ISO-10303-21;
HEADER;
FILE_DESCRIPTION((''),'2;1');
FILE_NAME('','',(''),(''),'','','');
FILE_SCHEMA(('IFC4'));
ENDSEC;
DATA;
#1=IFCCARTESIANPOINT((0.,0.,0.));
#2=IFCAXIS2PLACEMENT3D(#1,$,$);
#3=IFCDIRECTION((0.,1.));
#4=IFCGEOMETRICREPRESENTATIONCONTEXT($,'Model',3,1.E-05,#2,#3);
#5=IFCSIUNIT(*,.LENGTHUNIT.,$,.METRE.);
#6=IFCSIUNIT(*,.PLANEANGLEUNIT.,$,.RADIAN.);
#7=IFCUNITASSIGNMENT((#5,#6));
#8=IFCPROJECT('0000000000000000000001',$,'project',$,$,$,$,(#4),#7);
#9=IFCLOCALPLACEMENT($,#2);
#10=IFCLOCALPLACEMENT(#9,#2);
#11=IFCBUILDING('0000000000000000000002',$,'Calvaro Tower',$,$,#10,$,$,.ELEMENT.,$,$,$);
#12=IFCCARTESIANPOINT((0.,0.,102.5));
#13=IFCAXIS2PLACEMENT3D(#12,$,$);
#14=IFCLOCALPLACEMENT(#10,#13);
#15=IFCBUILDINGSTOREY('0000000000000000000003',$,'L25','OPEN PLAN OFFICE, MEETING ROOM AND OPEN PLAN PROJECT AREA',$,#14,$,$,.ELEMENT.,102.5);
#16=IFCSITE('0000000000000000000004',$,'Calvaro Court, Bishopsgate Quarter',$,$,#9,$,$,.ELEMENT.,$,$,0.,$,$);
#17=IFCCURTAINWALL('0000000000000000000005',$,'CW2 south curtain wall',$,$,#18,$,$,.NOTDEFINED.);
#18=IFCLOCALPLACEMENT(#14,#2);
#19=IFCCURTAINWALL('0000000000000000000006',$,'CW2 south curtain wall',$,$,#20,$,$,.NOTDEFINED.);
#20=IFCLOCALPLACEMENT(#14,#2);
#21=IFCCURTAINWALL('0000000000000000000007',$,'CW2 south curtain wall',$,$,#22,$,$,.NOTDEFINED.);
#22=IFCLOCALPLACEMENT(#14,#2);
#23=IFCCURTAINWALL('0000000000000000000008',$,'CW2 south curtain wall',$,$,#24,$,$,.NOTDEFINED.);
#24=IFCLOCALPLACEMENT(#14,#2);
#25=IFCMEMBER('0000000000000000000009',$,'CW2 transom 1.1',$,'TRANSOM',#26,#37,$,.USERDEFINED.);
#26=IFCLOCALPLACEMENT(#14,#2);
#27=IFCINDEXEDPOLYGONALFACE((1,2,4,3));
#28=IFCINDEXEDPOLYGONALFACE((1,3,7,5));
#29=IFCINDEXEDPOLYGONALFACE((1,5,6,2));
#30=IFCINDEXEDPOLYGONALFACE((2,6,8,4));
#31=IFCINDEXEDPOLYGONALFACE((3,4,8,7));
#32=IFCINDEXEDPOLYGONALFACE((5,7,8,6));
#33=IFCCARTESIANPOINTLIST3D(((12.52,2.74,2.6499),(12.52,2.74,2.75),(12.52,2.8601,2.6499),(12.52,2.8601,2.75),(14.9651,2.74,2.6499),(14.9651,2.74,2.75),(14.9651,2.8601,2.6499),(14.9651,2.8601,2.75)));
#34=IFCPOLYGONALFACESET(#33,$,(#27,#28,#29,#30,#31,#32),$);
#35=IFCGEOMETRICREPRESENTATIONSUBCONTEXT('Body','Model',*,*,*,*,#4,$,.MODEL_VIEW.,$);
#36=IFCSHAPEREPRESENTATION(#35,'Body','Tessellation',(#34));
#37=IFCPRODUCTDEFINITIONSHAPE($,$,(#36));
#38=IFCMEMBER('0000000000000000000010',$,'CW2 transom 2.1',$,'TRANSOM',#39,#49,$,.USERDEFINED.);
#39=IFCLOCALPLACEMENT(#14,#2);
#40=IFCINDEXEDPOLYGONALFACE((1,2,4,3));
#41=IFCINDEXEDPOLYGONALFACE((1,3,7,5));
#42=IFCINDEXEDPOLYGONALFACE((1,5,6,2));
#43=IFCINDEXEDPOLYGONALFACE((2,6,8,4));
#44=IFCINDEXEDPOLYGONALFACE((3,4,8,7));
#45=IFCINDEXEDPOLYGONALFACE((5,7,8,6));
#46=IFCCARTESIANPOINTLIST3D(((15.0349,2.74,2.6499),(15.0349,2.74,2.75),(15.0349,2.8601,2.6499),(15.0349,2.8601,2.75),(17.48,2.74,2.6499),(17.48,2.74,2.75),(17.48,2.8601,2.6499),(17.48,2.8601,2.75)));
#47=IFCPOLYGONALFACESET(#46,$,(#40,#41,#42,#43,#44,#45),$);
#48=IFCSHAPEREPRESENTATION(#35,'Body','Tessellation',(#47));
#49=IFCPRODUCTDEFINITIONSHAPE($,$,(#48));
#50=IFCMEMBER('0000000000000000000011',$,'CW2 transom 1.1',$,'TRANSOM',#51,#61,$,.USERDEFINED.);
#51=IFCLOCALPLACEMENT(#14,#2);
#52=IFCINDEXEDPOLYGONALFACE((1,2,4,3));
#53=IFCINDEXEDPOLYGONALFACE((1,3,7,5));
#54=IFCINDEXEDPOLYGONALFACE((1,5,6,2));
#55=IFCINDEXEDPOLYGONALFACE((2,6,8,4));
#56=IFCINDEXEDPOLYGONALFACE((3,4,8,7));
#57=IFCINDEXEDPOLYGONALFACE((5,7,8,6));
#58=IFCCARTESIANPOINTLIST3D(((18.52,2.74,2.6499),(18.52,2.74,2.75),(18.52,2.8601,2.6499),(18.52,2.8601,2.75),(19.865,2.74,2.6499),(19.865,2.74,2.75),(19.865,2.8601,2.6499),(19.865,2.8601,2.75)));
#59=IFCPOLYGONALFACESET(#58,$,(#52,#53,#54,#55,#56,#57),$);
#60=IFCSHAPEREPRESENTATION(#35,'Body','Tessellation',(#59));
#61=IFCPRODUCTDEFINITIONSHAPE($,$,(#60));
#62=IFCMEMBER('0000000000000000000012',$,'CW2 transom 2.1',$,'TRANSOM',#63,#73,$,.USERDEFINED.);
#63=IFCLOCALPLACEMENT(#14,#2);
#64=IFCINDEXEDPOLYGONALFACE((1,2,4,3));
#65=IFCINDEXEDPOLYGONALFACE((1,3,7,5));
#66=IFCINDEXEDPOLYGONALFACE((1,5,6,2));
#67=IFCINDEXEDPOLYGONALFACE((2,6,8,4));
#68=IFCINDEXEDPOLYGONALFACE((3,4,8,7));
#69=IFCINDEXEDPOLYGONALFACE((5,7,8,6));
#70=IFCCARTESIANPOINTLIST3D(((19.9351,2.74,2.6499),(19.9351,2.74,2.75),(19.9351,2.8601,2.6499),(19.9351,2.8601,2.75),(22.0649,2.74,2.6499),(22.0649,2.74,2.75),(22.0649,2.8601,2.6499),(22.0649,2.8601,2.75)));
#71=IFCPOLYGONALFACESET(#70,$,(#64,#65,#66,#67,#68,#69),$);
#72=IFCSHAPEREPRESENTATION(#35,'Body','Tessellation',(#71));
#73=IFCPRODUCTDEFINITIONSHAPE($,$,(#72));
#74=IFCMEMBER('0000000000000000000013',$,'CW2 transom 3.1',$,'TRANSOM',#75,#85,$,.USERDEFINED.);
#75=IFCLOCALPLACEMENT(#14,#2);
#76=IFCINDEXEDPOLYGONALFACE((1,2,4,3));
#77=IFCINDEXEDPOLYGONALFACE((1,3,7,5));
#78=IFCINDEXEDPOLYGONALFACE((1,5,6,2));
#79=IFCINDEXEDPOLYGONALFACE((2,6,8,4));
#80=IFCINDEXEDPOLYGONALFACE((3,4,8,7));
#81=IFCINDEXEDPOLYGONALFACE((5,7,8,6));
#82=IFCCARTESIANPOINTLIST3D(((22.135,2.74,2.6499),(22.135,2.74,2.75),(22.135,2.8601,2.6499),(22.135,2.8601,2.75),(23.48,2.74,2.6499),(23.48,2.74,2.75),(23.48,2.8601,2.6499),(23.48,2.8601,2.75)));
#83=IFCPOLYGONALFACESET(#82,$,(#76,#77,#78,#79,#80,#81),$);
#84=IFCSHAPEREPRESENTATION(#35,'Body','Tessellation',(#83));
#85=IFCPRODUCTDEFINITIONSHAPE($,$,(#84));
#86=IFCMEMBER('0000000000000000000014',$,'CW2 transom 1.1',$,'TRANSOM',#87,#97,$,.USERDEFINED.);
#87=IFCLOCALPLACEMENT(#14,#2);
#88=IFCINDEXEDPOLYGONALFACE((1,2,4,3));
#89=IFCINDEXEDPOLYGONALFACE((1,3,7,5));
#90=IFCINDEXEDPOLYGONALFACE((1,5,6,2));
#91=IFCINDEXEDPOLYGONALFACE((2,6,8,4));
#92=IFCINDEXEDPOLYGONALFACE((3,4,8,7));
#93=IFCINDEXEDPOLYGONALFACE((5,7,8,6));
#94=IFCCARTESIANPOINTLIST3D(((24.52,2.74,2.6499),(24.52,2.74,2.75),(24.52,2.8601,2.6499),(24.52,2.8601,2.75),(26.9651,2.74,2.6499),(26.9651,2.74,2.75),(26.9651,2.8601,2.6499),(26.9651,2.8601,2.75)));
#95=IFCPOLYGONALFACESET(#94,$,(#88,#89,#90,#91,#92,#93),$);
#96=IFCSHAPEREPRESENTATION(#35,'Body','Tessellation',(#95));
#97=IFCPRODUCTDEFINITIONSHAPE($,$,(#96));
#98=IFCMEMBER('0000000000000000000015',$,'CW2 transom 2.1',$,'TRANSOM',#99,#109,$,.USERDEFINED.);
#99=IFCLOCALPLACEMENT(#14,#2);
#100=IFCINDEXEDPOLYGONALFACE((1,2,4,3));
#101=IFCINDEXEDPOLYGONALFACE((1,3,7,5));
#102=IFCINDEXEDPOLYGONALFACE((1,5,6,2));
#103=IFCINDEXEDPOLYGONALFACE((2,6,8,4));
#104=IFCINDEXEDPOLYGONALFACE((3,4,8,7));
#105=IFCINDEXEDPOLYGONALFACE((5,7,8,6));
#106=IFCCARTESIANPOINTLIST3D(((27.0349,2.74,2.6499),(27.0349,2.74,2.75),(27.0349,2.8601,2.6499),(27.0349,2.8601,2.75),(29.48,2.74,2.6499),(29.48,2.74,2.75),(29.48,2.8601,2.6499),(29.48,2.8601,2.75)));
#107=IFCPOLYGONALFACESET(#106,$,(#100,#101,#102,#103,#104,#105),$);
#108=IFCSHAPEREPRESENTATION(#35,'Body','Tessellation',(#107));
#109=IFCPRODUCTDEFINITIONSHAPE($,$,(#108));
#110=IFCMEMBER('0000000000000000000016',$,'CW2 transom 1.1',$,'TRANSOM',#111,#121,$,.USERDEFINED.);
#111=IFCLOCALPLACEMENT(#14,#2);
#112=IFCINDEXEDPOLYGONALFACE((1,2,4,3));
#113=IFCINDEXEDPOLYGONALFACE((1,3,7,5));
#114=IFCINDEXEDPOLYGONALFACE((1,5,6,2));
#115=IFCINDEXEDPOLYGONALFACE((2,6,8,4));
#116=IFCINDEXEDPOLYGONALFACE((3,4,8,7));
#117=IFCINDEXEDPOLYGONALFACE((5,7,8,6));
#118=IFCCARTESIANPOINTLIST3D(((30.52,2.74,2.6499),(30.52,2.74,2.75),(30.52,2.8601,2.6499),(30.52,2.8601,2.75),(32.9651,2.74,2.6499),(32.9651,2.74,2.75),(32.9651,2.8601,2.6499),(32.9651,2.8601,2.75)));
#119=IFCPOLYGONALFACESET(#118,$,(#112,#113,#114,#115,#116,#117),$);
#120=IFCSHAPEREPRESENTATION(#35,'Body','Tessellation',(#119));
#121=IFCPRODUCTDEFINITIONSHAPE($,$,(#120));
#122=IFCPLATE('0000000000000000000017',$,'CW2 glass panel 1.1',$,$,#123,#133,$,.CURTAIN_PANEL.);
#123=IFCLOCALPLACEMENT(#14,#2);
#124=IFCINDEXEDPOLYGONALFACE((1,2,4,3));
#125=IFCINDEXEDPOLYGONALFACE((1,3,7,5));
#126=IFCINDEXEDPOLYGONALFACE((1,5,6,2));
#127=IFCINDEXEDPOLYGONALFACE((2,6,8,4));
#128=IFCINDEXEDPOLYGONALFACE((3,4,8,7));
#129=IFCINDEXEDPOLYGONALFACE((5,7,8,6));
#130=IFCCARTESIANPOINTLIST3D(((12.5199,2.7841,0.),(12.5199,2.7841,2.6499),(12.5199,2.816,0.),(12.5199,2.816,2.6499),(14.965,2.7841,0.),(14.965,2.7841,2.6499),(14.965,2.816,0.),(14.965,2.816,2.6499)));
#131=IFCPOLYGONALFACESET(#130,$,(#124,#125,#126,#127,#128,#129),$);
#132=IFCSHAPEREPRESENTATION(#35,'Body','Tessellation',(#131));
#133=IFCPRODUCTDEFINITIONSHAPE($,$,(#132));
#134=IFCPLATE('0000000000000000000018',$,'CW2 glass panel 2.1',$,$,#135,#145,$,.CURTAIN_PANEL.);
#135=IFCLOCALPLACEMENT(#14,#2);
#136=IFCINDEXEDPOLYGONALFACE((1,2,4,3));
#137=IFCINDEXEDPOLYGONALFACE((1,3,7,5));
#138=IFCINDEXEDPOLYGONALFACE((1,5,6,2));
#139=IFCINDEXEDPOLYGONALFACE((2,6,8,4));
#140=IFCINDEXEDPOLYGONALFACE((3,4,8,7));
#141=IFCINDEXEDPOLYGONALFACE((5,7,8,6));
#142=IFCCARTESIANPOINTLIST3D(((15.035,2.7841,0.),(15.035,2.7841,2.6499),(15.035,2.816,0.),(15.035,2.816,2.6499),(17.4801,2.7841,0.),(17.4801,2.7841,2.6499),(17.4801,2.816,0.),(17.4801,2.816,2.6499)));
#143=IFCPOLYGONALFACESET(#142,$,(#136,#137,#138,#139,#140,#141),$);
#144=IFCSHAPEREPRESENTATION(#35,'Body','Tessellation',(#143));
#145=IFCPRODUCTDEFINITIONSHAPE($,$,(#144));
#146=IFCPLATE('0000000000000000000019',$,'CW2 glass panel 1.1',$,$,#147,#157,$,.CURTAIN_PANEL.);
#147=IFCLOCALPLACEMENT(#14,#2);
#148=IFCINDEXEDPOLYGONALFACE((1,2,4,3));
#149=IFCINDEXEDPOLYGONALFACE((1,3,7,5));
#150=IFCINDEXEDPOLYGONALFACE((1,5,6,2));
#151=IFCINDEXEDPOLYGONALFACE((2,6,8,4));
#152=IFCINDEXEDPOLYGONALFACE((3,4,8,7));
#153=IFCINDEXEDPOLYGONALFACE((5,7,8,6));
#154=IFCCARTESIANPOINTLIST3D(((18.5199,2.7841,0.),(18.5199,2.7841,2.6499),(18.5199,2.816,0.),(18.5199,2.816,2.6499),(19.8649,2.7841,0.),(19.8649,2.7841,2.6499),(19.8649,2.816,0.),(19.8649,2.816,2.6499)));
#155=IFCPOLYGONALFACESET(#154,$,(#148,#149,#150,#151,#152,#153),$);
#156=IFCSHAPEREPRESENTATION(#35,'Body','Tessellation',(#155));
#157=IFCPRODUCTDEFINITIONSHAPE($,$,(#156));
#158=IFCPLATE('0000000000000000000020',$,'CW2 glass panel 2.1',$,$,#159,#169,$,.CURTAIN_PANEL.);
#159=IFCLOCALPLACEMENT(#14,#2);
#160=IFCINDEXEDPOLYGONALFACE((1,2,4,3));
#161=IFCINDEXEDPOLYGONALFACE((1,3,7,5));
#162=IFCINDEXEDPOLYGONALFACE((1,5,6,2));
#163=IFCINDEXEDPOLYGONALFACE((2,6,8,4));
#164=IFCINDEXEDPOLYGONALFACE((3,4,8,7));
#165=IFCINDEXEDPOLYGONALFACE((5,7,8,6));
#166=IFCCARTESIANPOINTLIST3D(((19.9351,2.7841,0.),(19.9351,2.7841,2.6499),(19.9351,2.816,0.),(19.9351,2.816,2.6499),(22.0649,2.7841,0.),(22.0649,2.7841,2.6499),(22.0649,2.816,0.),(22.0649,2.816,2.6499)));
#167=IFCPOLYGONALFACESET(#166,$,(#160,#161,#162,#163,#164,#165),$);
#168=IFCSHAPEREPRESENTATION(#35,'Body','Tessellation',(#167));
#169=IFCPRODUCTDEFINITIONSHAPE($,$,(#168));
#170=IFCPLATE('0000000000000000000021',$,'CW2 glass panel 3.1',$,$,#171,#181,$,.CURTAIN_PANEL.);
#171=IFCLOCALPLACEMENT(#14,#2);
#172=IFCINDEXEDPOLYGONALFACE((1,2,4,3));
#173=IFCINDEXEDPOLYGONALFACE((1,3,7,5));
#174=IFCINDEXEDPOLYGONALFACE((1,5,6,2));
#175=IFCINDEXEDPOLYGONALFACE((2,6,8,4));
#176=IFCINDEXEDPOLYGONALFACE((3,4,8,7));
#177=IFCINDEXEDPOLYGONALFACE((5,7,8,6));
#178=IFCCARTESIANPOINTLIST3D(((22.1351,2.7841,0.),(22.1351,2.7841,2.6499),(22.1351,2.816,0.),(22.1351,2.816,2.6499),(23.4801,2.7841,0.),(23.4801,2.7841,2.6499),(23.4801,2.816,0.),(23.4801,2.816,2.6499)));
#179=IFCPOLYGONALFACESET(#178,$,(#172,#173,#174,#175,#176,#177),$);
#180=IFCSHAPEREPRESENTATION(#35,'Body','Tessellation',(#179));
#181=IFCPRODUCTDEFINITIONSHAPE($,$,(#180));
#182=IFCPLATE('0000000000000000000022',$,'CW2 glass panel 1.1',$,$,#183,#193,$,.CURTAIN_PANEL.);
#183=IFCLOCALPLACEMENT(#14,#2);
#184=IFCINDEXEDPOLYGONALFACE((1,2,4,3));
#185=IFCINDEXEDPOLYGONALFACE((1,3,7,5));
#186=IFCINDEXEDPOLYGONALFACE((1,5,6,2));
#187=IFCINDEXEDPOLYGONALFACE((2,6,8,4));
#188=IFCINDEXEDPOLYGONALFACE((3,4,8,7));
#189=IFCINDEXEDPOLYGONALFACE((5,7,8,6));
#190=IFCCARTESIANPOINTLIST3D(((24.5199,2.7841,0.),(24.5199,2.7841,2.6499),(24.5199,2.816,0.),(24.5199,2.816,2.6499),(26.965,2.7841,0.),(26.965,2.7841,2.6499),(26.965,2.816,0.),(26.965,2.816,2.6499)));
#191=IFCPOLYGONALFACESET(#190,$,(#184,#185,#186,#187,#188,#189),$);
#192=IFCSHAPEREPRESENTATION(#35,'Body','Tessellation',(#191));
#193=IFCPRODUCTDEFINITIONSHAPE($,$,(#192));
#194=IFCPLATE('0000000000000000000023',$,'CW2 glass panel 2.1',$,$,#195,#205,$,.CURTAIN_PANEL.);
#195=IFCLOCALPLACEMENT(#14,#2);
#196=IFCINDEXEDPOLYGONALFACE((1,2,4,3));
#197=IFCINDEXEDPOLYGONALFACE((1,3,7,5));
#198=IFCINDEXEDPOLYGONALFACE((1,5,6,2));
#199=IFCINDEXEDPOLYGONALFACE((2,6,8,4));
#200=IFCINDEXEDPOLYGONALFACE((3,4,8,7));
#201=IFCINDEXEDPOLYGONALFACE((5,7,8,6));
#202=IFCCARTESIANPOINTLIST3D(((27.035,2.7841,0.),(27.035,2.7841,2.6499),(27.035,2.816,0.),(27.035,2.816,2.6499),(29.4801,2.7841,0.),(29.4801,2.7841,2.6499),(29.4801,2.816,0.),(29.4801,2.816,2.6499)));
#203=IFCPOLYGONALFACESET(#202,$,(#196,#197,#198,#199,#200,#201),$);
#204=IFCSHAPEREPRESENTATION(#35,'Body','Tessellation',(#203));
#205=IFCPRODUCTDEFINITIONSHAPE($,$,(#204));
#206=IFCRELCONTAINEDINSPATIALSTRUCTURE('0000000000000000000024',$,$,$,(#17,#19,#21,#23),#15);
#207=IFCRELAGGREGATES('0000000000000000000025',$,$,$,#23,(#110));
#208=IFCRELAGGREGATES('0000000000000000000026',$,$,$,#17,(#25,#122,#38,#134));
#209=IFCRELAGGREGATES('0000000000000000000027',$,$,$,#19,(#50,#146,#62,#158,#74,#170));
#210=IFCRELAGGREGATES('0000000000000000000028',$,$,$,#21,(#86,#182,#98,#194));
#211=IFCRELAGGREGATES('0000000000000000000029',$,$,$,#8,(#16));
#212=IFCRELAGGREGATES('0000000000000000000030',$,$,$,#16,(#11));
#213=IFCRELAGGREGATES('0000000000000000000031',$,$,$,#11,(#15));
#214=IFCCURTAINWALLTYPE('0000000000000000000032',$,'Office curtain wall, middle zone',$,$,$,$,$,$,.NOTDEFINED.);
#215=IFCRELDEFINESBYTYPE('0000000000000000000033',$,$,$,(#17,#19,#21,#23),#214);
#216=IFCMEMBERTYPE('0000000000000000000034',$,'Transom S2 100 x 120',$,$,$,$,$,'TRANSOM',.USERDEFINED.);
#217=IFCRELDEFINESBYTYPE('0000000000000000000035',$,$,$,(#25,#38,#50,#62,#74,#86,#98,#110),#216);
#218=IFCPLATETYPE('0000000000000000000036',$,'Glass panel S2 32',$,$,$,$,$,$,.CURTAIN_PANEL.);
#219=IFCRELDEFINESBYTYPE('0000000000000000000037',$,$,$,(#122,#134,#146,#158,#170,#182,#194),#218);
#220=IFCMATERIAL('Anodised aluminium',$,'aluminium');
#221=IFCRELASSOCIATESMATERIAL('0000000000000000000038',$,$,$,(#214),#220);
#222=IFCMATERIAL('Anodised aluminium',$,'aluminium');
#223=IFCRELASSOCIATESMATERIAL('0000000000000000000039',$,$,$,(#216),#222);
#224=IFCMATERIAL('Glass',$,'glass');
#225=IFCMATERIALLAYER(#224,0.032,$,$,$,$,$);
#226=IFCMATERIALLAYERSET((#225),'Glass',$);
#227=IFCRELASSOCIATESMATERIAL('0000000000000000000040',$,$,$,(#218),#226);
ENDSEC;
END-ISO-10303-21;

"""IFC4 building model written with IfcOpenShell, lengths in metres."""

from ifc_helpers import new_model, si_unit, direction, frame, origin, origin_2d, place, context, subcontext, project, spatial, rectangle, extrude, material, layer, layer_set, material_profile, profile_set, type_object, element, aggregate, save


model = new_model("IFC4")

# Units and contexts
model_context = context("Model", 3, precision=1e-05, world=origin(), true_north=direction((0.0, 1.0)))
body_context = subcontext(model_context, "Body", "Model", "MODEL_VIEW")
ifc_project = project(units=[si_unit("LENGTHUNIT", "METRE"), si_unit("PLANEANGLEUNIT", "RADIAN")], contexts=[model_context])

# Site, building, storey
site_placement = place(None, origin())
site = spatial("IfcSite", under=ifc_project, at=site_placement, Name="Calvaro Court, Bishopsgate Quarter", CompositionType="ELEMENT", RefElevation=0.0)
building_placement = place(site_placement, origin())
building = spatial("IfcBuilding", under=site, at=building_placement, Name="Calvaro Tower", CompositionType="ELEMENT")
storey_placement = place(building_placement, frame((0.0, 0.0, 102.5)))
storey = spatial("IfcBuildingStorey", under=building, at=storey_placement, Name="L25", Description="OPEN PLAN OFFICE, MEETING ROOM AND OPEN PLAN PROJECT AREA", CompositionType="ELEMENT", Elevation=102.5)

# Curtain walls
ifc_material_1 = material(Name="Anodised aluminium", Category="aluminium")
curtain_wall_type = type_object("IfcCurtainWallType", Name="Office curtain wall, middle zone", PredefinedType="NOTDEFINED", material=ifc_material_1)
curtain_wall_1_placement = place(storey_placement, origin())
curtain_wall_1 = element("IfcCurtainWall", 1, at=curtain_wall_1_placement, inside=storey, type_object=curtain_wall_type, Name="CW2 south curtain wall", PredefinedType="NOTDEFINED")
curtain_wall_2_placement = place(storey_placement, origin())
curtain_wall_2 = element("IfcCurtainWall", 2, at=curtain_wall_2_placement, inside=storey, type_object=curtain_wall_type, Name="CW2 south curtain wall", PredefinedType="NOTDEFINED")
curtain_wall_3_placement = place(storey_placement, origin())
curtain_wall_3 = element("IfcCurtainWall", 3, at=curtain_wall_3_placement, inside=storey, type_object=curtain_wall_type, Name="CW2 south curtain wall", PredefinedType="NOTDEFINED")

# Curtain wall
curtain_wall_4_placement = place(storey_placement, origin())
curtain_wall_4 = element("IfcCurtainWall", 4, at=curtain_wall_4_placement, inside=storey, type_object=curtain_wall_type, Name="CW2 south curtain wall", PredefinedType="NOTDEFINED")

# Members
ifc_material_2 = material(Name="Anodised aluminium", Category="aluminium")
ifc_material_profile_1 = material_profile(ifc_material_2, rectangle(XDim=0.1201, YDim=0.1001, at=origin_2d()), Name="Transom S2 100 x 120")
ifc_profile_set_1 = profile_set([ifc_material_profile_1], Name="Anodised aluminium")
member_type_1 = type_object("IfcMemberType", Name="Transom S2 100 x 120", ElementType="TRANSOM", PredefinedType="USERDEFINED", material=ifc_profile_set_1)
member_1_placement = place(storey_placement, frame((12.52, 2.8, 2.7), z_axis=(1.0, 0.0, 0.0), x_axis=(0.0, 1.0, 0.0)))
member_1 = element("IfcMember", 5, at=member_1_placement, type_object=member_type_1, Name="CW2 transom 1.1", ObjectType="TRANSOM", PredefinedType="USERDEFINED", context=body_context, shape_type="SweptSolid", body=[
    extrude(rectangle(XDim=0.1201, YDim=0.1001, at=origin_2d()), origin(), (0.0, 0.0, 1.0), 2.4451),
])
member_2_placement = place(storey_placement, frame((15.0349, 2.8, 2.7), z_axis=(1.0, 0.0, 0.0), x_axis=(0.0, 1.0, 0.0)))
member_2 = element("IfcMember", 6, at=member_2_placement, type_object=member_type_1, Name="CW2 transom 2.1", ObjectType="TRANSOM", PredefinedType="USERDEFINED", context=body_context, shape_type="SweptSolid", body=[
    extrude(rectangle(XDim=0.1201, YDim=0.1001, at=origin_2d()), origin(), (0.0, 0.0, 1.0), 2.4451),
])
member_3_placement = place(storey_placement, frame((18.52, 2.8, 2.7), z_axis=(1.0, 0.0, 0.0), x_axis=(0.0, 1.0, 0.0)))
member_3 = element("IfcMember", 7, at=member_3_placement, type_object=member_type_1, Name="CW2 transom 1.1", ObjectType="TRANSOM", PredefinedType="USERDEFINED", context=body_context, shape_type="SweptSolid", body=[
    extrude(rectangle(XDim=0.1201, YDim=0.1001, at=origin_2d()), origin(), (0.0, 0.0, 1.0), 1.345),
])
member_4_placement = place(storey_placement, frame((19.9351, 2.8, 2.7), z_axis=(1.0, 0.0, 0.0), x_axis=(0.0, 1.0, 0.0)))
member_4 = element("IfcMember", 8, at=member_4_placement, type_object=member_type_1, Name="CW2 transom 2.1", ObjectType="TRANSOM", PredefinedType="USERDEFINED", context=body_context, shape_type="SweptSolid", body=[
    extrude(rectangle(XDim=0.1201, YDim=0.1001, at=origin_2d()), origin(), (0.0, 0.0, 1.0), 2.1299),
])
member_5_placement = place(storey_placement, frame((22.135, 2.8, 2.7), z_axis=(1.0, 0.0, 0.0), x_axis=(0.0, 1.0, 0.0)))
member_5 = element("IfcMember", 9, at=member_5_placement, type_object=member_type_1, Name="CW2 transom 3.1", ObjectType="TRANSOM", PredefinedType="USERDEFINED", context=body_context, shape_type="SweptSolid", body=[
    extrude(rectangle(XDim=0.1201, YDim=0.1001, at=origin_2d()), origin(), (0.0, 0.0, 1.0), 1.345),
])
member_6_placement = place(storey_placement, frame((24.52, 2.8, 2.7), z_axis=(1.0, 0.0, 0.0), x_axis=(0.0, 1.0, 0.0)))
member_6 = element("IfcMember", 10, at=member_6_placement, type_object=member_type_1, Name="CW2 transom 1.1", ObjectType="TRANSOM", PredefinedType="USERDEFINED", context=body_context, shape_type="SweptSolid", body=[
    extrude(rectangle(XDim=0.1201, YDim=0.1001, at=origin_2d()), origin(), (0.0, 0.0, 1.0), 2.4451),
])
member_7_placement = place(storey_placement, frame((27.0349, 2.8, 2.7), z_axis=(1.0, 0.0, 0.0), x_axis=(0.0, 1.0, 0.0)))
member_7 = element("IfcMember", 11, at=member_7_placement, type_object=member_type_1, Name="CW2 transom 2.1", ObjectType="TRANSOM", PredefinedType="USERDEFINED", context=body_context, shape_type="SweptSolid", body=[
    extrude(rectangle(XDim=0.1201, YDim=0.1001, at=origin_2d()), origin(), (0.0, 0.0, 1.0), 2.4451),
])
member_8_placement = place(storey_placement, frame((30.52, 2.8, 2.7), z_axis=(1.0, 0.0, 0.0), x_axis=(0.0, 1.0, 0.0)))
member_8 = element("IfcMember", 12, at=member_8_placement, type_object=member_type_1, Name="CW2 transom 1.1", ObjectType="TRANSOM", PredefinedType="USERDEFINED", context=body_context, shape_type="SweptSolid", body=[
    extrude(rectangle(XDim=0.1201, YDim=0.1001, at=origin_2d()), origin(), (0.0, 0.0, 1.0), 2.4451),
])
aggregate(curtain_wall_4, [member_8])

# Plates
ifc_material_3 = material(Name="Glass", Category="glass")
ifc_layer = layer(ifc_material_3, 0.032)
ifc_layer_set = layer_set([ifc_layer], Name="Glass")
plate_type = type_object("IfcPlateType", Name="Glass panel S2 32", PredefinedType="CURTAIN_PANEL", material=ifc_layer_set)
plate_1_placement = place(storey_placement, frame((13.7424, 2.8, 0.0), z_axis=(0.0, 0.0, 1.0), x_axis=(1.0, 0.0, 0.0)))
plate_1 = element("IfcPlate", 13, at=plate_1_placement, type_object=plate_type, Name="CW2 glass panel 1.1", PredefinedType="CURTAIN_PANEL", context=body_context, shape_type="SweptSolid", body=[
    extrude(rectangle(XDim=2.4451, YDim=0.032, at=origin_2d()), origin(), (0.0, 0.0, 1.0), 2.6499),
])
plate_2_placement = place(storey_placement, frame((16.2576, 2.8, 0.0), z_axis=(0.0, 0.0, 1.0), x_axis=(1.0, 0.0, 0.0)))
plate_2 = element("IfcPlate", 14, at=plate_2_placement, type_object=plate_type, Name="CW2 glass panel 2.1", PredefinedType="CURTAIN_PANEL", context=body_context, shape_type="SweptSolid", body=[
    extrude(rectangle(XDim=2.4451, YDim=0.032, at=origin_2d()), origin(), (0.0, 0.0, 1.0), 2.6499),
])
aggregate(curtain_wall_1, [member_1, plate_1, member_2, plate_2])
plate_3_placement = place(storey_placement, frame((19.1924, 2.8, 0.0), z_axis=(0.0, 0.0, 1.0), x_axis=(1.0, 0.0, 0.0)))
plate_3 = element("IfcPlate", 15, at=plate_3_placement, type_object=plate_type, Name="CW2 glass panel 1.1", PredefinedType="CURTAIN_PANEL", context=body_context, shape_type="SweptSolid", body=[
    extrude(rectangle(XDim=1.345, YDim=0.032, at=origin_2d()), origin(), (0.0, 0.0, 1.0), 2.6499),
])
plate_4_placement = place(storey_placement, frame((21.0, 2.8, 0.0), z_axis=(0.0, 0.0, 1.0), x_axis=(1.0, 0.0, 0.0)))
plate_4 = element("IfcPlate", 16, at=plate_4_placement, type_object=plate_type, Name="CW2 glass panel 2.1", PredefinedType="CURTAIN_PANEL", context=body_context, shape_type="SweptSolid", body=[
    extrude(rectangle(XDim=2.1299, YDim=0.032, at=origin_2d()), origin(), (0.0, 0.0, 1.0), 2.6499),
])
plate_5_placement = place(storey_placement, frame((22.8076, 2.8, 0.0), z_axis=(0.0, 0.0, 1.0), x_axis=(1.0, 0.0, 0.0)))
plate_5 = element("IfcPlate", 17, at=plate_5_placement, type_object=plate_type, Name="CW2 glass panel 3.1", PredefinedType="CURTAIN_PANEL", context=body_context, shape_type="SweptSolid", body=[
    extrude(rectangle(XDim=1.345, YDim=0.032, at=origin_2d()), origin(), (0.0, 0.0, 1.0), 2.6499),
])
aggregate(curtain_wall_2, [member_3, plate_3, member_4, plate_4, member_5, plate_5])
plate_6_placement = place(storey_placement, frame((25.7424, 2.8, 0.0), z_axis=(0.0, 0.0, 1.0), x_axis=(1.0, 0.0, 0.0)))
plate_6 = element("IfcPlate", 18, at=plate_6_placement, type_object=plate_type, Name="CW2 glass panel 1.1", PredefinedType="CURTAIN_PANEL", context=body_context, shape_type="SweptSolid", body=[
    extrude(rectangle(XDim=2.4451, YDim=0.032, at=origin_2d()), origin(), (0.0, 0.0, 1.0), 2.6499),
])
plate_7_placement = place(storey_placement, frame((28.2576, 2.8, 0.0), z_axis=(0.0, 0.0, 1.0), x_axis=(1.0, 0.0, 0.0)))
plate_7 = element("IfcPlate", 19, at=plate_7_placement, type_object=plate_type, Name="CW2 glass panel 2.1", PredefinedType="CURTAIN_PANEL", context=body_context, shape_type="SweptSolid", body=[
    extrude(rectangle(XDim=2.4451, YDim=0.032, at=origin_2d()), origin(), (0.0, 0.0, 1.0), 2.6499),
])
aggregate(curtain_wall_3, [member_6, plate_6, member_7, plate_7])

save(model, "model.ifc")
